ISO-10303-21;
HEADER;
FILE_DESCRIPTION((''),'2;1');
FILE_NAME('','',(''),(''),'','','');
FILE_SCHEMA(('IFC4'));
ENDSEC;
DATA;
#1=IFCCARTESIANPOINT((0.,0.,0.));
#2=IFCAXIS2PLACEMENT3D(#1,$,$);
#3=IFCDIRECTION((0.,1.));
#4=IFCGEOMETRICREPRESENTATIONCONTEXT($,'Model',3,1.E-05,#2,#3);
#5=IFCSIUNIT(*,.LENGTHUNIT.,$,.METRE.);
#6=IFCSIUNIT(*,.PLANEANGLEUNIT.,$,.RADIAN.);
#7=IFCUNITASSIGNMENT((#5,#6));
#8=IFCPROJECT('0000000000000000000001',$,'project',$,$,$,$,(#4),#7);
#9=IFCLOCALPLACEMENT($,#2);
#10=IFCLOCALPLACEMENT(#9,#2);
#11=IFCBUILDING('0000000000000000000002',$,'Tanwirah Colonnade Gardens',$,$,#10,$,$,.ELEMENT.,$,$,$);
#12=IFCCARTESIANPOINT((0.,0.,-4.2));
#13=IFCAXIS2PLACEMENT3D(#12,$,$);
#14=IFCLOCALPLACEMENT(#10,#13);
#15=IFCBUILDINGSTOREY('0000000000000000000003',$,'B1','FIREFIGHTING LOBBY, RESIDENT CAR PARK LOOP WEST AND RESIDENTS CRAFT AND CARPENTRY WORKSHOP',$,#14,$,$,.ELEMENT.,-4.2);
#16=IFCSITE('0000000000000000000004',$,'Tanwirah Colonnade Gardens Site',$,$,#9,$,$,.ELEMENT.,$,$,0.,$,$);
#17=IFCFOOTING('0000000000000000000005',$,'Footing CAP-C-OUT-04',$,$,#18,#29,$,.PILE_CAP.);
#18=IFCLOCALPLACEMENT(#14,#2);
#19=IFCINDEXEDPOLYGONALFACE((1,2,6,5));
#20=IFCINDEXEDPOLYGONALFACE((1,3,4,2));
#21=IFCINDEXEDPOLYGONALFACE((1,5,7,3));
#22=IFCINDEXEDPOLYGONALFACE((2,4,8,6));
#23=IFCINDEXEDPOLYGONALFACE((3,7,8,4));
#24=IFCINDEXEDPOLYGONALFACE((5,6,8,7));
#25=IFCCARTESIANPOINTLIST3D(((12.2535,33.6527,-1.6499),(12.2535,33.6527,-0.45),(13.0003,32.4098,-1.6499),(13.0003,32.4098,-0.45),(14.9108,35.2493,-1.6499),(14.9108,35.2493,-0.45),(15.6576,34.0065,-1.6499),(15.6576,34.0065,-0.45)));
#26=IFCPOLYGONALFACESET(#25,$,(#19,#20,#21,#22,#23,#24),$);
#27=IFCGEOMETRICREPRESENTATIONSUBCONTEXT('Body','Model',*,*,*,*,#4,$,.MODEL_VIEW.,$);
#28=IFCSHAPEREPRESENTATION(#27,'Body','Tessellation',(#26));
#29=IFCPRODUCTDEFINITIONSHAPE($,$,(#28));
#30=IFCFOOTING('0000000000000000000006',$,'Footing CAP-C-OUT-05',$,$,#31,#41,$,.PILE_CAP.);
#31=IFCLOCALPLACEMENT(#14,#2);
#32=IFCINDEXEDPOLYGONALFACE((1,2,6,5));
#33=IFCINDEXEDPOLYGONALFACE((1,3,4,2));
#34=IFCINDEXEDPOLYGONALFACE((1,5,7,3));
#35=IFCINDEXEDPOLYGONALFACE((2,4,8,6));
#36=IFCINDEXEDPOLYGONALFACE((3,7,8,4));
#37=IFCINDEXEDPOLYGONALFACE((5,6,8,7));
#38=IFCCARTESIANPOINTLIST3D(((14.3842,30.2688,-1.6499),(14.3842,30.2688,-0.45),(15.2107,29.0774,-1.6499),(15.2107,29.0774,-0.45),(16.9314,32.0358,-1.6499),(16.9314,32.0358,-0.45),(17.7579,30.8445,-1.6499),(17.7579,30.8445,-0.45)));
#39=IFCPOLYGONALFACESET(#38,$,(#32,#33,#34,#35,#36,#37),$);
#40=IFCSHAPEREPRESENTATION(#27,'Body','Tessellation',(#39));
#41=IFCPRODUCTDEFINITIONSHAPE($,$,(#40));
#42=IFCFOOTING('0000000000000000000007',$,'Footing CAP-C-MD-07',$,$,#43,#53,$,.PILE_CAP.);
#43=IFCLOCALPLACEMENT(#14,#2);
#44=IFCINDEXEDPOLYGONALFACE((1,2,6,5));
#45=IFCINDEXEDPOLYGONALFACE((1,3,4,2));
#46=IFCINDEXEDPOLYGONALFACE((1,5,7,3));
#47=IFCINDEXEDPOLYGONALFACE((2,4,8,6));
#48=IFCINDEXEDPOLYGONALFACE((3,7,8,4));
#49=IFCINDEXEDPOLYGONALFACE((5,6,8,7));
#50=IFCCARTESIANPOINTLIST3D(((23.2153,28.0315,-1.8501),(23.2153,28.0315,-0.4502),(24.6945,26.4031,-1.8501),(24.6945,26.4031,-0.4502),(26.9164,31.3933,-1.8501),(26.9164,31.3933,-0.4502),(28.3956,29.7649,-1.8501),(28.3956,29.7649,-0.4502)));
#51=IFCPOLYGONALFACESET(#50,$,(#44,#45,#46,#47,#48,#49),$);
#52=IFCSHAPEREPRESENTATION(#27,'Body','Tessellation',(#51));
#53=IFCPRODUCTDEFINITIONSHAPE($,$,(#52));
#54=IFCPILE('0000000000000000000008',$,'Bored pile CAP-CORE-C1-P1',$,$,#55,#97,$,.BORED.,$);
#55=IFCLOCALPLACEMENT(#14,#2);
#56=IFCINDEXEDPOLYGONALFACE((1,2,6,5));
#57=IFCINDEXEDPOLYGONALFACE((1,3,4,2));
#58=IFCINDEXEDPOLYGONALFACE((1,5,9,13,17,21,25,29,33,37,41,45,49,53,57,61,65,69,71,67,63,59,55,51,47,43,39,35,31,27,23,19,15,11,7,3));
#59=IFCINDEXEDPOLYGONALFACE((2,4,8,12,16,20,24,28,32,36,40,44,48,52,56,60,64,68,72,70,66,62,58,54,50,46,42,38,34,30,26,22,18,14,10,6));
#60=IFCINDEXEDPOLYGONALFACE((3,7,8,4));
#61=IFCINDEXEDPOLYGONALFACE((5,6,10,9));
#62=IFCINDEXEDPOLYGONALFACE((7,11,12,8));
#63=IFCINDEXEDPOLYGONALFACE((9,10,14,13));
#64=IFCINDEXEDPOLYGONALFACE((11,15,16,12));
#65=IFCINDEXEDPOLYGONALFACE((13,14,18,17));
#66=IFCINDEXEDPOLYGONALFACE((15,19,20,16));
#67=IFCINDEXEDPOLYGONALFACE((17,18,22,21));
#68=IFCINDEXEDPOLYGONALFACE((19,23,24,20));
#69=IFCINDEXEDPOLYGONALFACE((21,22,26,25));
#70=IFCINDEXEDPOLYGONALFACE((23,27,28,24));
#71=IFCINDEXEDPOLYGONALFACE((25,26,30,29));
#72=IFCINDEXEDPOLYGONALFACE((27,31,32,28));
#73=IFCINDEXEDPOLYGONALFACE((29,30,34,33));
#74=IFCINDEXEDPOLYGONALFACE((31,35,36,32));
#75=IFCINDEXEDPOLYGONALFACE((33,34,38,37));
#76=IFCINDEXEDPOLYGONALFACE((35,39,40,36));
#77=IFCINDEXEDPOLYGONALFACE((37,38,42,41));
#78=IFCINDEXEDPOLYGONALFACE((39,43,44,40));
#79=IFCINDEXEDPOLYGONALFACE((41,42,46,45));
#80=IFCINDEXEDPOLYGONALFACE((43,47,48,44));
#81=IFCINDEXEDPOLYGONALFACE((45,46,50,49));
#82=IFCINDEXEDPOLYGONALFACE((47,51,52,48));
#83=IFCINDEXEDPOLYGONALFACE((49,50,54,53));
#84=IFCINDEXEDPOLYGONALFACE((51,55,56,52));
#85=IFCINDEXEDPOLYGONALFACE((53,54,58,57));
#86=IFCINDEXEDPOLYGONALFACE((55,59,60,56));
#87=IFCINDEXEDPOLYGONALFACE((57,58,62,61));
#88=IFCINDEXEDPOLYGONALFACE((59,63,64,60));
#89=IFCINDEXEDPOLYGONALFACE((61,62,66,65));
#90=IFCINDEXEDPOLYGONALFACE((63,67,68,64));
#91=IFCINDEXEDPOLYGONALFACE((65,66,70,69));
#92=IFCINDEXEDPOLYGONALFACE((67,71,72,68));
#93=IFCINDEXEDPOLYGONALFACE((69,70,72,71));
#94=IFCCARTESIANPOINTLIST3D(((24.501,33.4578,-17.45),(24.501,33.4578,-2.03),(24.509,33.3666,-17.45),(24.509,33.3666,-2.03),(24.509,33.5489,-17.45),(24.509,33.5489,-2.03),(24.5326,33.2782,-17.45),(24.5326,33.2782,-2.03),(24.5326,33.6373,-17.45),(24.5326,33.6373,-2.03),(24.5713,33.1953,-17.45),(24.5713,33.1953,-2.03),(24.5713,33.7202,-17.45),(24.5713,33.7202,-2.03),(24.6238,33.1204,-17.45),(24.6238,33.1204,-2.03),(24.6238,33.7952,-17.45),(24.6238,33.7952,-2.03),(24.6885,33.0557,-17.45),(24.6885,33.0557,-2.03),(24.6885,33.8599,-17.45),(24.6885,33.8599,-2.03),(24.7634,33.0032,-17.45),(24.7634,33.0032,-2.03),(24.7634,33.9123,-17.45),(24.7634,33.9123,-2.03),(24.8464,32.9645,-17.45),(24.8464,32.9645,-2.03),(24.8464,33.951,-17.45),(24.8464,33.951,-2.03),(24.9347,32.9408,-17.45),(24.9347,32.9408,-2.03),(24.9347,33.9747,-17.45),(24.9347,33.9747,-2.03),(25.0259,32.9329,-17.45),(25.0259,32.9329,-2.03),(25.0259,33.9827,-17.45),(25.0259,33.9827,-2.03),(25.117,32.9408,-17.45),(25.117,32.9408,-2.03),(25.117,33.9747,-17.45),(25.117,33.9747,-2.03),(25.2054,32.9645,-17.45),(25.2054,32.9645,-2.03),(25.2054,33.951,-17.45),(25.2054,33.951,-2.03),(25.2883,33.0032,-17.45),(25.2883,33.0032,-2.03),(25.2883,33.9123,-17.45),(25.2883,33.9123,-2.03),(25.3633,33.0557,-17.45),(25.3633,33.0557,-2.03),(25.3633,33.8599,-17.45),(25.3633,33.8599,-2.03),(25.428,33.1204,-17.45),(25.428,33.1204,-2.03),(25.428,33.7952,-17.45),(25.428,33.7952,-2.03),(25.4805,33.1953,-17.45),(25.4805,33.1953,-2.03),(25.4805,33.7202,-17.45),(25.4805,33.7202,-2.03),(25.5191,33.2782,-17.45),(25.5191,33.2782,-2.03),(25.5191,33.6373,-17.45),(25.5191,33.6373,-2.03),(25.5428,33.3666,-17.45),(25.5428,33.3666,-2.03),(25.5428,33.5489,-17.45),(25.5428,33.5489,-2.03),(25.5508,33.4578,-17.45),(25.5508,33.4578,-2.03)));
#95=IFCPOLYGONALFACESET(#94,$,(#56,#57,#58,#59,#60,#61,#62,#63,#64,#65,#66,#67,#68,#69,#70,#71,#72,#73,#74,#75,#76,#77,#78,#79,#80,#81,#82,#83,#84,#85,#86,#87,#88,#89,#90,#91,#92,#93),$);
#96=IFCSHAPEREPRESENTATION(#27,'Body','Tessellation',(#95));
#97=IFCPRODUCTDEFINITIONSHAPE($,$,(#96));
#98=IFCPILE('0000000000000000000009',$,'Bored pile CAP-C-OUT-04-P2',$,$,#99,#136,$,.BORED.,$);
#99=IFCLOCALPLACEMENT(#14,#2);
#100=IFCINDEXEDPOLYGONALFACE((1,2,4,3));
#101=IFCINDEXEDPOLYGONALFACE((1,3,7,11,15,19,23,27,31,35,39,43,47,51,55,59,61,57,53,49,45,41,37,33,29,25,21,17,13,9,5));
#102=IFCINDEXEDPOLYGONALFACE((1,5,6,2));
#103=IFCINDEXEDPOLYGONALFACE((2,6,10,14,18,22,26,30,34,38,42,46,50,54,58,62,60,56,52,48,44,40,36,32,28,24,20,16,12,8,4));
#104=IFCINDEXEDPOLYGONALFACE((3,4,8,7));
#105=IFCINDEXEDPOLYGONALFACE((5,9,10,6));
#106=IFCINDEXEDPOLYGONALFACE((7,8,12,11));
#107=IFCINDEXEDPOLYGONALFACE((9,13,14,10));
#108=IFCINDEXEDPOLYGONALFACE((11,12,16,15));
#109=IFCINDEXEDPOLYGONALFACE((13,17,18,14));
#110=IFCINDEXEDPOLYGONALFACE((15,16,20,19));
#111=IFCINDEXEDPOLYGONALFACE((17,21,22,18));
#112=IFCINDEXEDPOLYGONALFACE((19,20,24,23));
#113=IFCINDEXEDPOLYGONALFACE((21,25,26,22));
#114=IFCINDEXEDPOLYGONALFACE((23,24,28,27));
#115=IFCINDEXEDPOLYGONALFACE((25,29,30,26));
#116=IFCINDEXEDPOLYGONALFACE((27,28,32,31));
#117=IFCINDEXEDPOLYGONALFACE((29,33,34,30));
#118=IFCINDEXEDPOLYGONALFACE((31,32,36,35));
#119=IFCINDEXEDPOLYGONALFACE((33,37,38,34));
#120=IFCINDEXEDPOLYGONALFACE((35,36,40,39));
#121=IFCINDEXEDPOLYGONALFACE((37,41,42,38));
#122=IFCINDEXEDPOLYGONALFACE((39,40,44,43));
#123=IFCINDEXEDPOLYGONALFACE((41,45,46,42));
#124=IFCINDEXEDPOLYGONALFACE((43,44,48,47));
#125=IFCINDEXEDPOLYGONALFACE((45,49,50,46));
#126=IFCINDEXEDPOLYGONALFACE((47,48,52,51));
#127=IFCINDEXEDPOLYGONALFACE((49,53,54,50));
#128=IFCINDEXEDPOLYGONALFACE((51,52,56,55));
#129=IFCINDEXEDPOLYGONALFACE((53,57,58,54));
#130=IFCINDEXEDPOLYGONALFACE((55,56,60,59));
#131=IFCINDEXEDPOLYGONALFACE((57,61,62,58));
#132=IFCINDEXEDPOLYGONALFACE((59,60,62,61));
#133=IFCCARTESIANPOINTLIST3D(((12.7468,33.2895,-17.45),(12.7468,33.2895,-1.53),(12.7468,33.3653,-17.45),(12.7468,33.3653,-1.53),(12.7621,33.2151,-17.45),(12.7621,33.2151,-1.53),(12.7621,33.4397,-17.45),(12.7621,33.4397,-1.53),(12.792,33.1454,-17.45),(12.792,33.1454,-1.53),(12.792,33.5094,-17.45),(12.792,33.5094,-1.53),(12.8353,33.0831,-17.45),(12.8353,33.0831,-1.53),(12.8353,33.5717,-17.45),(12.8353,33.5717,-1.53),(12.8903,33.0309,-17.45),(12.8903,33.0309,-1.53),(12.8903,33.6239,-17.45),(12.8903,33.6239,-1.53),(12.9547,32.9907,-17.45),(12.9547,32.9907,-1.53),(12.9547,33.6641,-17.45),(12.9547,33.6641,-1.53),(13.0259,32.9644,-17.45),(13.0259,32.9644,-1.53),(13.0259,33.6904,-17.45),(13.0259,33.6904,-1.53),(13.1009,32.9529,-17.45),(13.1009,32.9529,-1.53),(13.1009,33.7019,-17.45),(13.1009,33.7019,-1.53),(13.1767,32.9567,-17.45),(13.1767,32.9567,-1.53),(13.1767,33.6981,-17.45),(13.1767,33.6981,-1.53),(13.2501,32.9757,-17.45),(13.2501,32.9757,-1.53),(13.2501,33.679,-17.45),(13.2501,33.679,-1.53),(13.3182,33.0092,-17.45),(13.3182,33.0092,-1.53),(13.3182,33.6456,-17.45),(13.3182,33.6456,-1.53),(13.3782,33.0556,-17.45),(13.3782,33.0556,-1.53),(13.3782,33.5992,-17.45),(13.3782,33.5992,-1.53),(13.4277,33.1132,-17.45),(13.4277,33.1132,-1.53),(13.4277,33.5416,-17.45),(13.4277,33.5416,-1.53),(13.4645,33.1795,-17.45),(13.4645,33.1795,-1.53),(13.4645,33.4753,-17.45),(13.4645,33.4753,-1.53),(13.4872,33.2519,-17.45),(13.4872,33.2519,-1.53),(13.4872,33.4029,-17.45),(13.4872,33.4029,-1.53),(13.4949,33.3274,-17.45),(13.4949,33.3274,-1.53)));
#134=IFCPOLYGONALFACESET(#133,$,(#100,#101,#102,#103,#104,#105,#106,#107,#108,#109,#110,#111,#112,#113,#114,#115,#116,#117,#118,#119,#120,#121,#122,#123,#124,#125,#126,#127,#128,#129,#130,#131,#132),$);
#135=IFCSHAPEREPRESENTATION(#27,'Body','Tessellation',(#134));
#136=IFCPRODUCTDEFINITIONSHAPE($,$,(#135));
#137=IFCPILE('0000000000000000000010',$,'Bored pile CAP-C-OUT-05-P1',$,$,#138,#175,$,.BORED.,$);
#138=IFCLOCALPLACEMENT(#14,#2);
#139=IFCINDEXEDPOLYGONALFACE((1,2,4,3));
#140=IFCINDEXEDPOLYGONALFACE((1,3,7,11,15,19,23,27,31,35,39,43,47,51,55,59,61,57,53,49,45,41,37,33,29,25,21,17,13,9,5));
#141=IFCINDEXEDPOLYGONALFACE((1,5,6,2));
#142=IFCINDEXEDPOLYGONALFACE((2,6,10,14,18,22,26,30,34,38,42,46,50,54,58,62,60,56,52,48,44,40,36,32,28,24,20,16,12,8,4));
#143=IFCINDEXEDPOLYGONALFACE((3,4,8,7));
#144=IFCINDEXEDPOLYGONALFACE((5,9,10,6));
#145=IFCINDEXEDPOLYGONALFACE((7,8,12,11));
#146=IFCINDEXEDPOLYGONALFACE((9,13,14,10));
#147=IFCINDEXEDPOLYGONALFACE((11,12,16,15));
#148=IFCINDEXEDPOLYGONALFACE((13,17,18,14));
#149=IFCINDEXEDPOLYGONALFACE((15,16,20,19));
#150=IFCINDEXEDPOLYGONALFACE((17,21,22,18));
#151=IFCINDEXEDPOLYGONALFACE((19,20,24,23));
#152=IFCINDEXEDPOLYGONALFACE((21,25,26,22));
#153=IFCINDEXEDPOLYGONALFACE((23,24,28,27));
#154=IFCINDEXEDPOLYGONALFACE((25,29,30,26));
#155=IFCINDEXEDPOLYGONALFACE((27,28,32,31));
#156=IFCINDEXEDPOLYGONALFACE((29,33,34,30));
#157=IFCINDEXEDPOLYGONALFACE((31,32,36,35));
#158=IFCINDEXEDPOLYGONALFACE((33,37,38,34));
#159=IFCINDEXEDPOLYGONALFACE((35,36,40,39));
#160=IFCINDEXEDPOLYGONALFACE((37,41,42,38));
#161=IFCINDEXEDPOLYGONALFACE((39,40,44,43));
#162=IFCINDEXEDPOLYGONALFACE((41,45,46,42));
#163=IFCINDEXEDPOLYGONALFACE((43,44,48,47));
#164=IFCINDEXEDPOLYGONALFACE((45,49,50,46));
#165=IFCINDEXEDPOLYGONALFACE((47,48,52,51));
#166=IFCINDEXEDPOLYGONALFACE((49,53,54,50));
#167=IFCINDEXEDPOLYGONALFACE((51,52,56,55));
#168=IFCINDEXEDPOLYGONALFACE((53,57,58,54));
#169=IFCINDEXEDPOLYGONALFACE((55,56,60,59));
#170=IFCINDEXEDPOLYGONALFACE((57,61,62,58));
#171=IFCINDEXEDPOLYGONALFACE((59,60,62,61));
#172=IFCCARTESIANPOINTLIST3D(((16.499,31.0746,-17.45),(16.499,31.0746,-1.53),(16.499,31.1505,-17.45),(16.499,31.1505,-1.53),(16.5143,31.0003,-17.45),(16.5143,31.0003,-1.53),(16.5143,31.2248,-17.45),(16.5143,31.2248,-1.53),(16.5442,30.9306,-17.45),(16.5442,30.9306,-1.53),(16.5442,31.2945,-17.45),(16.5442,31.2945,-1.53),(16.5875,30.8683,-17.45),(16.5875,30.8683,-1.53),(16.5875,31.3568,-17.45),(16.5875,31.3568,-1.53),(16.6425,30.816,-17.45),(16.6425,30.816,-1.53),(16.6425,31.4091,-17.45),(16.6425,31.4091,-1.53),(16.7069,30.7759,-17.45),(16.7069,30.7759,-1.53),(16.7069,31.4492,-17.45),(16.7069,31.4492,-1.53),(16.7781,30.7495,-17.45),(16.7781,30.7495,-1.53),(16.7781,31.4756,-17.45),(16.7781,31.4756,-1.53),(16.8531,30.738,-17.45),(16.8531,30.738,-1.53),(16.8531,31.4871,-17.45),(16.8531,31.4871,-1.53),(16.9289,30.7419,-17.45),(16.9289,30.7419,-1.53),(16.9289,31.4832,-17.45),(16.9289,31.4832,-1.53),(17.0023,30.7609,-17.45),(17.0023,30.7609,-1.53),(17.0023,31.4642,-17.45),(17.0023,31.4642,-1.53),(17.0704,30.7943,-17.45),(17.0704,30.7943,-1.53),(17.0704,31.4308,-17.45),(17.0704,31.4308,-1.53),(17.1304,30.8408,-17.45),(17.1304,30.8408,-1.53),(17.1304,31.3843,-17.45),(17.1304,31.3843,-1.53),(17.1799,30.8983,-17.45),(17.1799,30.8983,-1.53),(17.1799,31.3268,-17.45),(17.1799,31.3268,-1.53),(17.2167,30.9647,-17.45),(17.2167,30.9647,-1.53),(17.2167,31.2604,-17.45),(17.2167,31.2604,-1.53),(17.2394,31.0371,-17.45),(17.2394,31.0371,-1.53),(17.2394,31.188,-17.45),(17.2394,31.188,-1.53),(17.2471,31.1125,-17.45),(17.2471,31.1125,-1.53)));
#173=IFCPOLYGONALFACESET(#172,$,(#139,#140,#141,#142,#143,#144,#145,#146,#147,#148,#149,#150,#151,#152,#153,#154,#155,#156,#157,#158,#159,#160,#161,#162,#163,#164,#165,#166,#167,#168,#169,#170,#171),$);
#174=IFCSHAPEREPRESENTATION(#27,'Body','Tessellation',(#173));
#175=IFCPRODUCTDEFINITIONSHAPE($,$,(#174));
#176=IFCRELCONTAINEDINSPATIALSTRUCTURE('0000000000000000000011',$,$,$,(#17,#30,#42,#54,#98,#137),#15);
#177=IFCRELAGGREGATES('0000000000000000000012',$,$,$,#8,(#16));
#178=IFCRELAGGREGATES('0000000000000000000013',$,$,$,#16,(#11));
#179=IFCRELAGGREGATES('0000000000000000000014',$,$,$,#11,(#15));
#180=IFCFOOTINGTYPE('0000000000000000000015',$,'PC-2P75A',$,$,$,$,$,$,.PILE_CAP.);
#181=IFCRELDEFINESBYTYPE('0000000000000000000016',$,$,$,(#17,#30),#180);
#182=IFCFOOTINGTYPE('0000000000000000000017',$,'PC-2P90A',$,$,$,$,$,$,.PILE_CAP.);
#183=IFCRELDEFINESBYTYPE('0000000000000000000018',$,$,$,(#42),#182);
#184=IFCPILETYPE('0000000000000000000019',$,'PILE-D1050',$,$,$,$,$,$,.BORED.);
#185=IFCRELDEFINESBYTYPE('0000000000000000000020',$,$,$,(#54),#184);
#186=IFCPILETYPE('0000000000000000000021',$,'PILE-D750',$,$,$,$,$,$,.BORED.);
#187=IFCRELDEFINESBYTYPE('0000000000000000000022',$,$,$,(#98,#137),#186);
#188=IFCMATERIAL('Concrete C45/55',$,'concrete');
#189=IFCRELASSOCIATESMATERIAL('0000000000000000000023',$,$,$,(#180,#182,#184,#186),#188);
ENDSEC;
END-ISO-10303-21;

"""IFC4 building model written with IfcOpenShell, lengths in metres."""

from ifc_helpers import new_model, si_unit, direction, frame, origin, origin_2d, place, context, subcontext, project, spatial, rectangle, circle, extrude, material, material_profile, profile_set, type_object, element, save


model = new_model("IFC4")

# Units and contexts
model_context = context("Model", 3, precision=1e-05, world=origin(), true_north=direction((0.0, 1.0)))
body_context = subcontext(model_context, "Body", "Model", "MODEL_VIEW")
ifc_project = project(units=[si_unit("LENGTHUNIT", "METRE"), si_unit("PLANEANGLEUNIT", "RADIAN")], contexts=[model_context])

# Site, building, storey
site_placement = place(None, origin())
site = spatial("IfcSite", under=ifc_project, at=site_placement, Name="Tanwirah Colonnade Gardens Site", CompositionType="ELEMENT", RefElevation=0.0)
building_placement = place(site_placement, origin())
building = spatial("IfcBuilding", under=site, at=building_placement, Name="Tanwirah Colonnade Gardens", CompositionType="ELEMENT")
storey_placement = place(building_placement, frame((0.0, 0.0, -4.2)))
storey = spatial("IfcBuildingStorey", under=building, at=storey_placement, Name="B1", Description="FIREFIGHTING LOBBY, RESIDENT CAR PARK LOOP WEST AND RESIDENTS CRAFT AND CARPENTRY WORKSHOP", CompositionType="ELEMENT", Elevation=-4.2)

# Footings
ifc_material_1 = material(Name="Concrete C45/55", Category="concrete")
footing_type_1 = type_object("IfcFootingType", Name="PC-2P75A", PredefinedType="PILE_CAP", material=ifc_material_1)
for number, where, z_axis, x_axis, name in (
    (1, (13.9556, 33.8296, -1.6499), (0.0, 0.0, 1.0), (-0.857167, -0.515038, 0.0), "Footing CAP-C-OUT-04"),
    (2, (16.071, 30.5566, -1.6499), (0.0, 0.0, 1.0), (-0.821647, -0.569997, 0.0), "Footing CAP-C-OUT-05"),
):
    element("IfcFooting", number, at=place(storey_placement, frame(where, z_axis=z_axis, x_axis=x_axis)), inside=storey, type_object=footing_type_1, Name=name, PredefinedType="PILE_CAP", context=body_context, shape_type="SweptSolid", body=[
        extrude(rectangle(XDim=3.1001, YDim=1.45, at=origin_2d()), origin(), (0.0, 0.0, 1.0), 1.2),
    ])
footing_type_2 = type_object("IfcFootingType", Name="PC-2P90A", PredefinedType="PILE_CAP", material=ifc_material_1)
footing_placement = place(storey_placement, frame((25.8054, 28.8982, -1.8501), z_axis=(0.0, 0.0, 1.0), x_axis=(-0.740218, -0.672367, 0.0)))
element("IfcFooting", 3, at=footing_placement, inside=storey, type_object=footing_type_2, Name="Footing CAP-C-MD-07", PredefinedType="PILE_CAP", context=body_context, shape_type="SweptSolid", body=[
    extrude(rectangle(XDim=5.0, YDim=2.2, at=origin_2d()), origin(), (0.0, 0.0, 1.0), 1.3999),
])

# Piles
ifc_material_profile_1 = material_profile(ifc_material_1, circle(Radius=0.5249, at=origin_2d()), Name="PILE D1050")
ifc_profile_set_1 = profile_set([ifc_material_profile_1], Name="Concrete C45/55")
pile_type_1 = type_object("IfcPileType", Name="PILE-D1050", PredefinedType="BORED", material=ifc_profile_set_1)
pile_1_placement = place(storey_placement, frame((25.0259, 33.4578, -2.03), z_axis=(0.0, 0.0, -1.0), x_axis=(1.0, 0.0, 0.0)))
element("IfcPile", 4, at=pile_1_placement, inside=storey, type_object=pile_type_1, Name="Bored pile CAP-CORE-C1-P1", PredefinedType="BORED", context=body_context, shape_type="SweptSolid", body=[
    extrude(circle(Radius=0.5249, at=origin_2d()), origin(), (0.0, 0.0, 1.0), 15.4199),
])
ifc_material_profile_2 = material_profile(ifc_material_1, circle(Radius=0.375, at=origin_2d()), Name="PILE D750")
ifc_profile_set_2 = profile_set([ifc_material_profile_2], Name="Concrete C45/55")
pile_type_2 = type_object("IfcPileType", Name="PILE-D750", PredefinedType="BORED", material=ifc_profile_set_2)
for number, where, z_axis, x_axis, name in (
    (5, (13.1199, 33.3274, -1.53), (0.0, 0.0, -1.0), (1.0, 0.0, 0.0), "Bored pile CAP-C-OUT-04-P2"),
    (6, (16.8721, 31.1125, -1.53), (0.0, 0.0, -1.0), (1.0, 0.0, 0.0), "Bored pile CAP-C-OUT-05-P1"),
):
    element("IfcPile", number, at=place(storey_placement, frame(where, z_axis=z_axis, x_axis=x_axis)), inside=storey, type_object=pile_type_2, Name=name, PredefinedType="BORED", context=body_context, shape_type="SweptSolid", body=[
        extrude(circle(Radius=0.375, at=origin_2d()), origin(), (0.0, 0.0, 1.0), 15.9199),
    ])

save(model, "model.ifc")
